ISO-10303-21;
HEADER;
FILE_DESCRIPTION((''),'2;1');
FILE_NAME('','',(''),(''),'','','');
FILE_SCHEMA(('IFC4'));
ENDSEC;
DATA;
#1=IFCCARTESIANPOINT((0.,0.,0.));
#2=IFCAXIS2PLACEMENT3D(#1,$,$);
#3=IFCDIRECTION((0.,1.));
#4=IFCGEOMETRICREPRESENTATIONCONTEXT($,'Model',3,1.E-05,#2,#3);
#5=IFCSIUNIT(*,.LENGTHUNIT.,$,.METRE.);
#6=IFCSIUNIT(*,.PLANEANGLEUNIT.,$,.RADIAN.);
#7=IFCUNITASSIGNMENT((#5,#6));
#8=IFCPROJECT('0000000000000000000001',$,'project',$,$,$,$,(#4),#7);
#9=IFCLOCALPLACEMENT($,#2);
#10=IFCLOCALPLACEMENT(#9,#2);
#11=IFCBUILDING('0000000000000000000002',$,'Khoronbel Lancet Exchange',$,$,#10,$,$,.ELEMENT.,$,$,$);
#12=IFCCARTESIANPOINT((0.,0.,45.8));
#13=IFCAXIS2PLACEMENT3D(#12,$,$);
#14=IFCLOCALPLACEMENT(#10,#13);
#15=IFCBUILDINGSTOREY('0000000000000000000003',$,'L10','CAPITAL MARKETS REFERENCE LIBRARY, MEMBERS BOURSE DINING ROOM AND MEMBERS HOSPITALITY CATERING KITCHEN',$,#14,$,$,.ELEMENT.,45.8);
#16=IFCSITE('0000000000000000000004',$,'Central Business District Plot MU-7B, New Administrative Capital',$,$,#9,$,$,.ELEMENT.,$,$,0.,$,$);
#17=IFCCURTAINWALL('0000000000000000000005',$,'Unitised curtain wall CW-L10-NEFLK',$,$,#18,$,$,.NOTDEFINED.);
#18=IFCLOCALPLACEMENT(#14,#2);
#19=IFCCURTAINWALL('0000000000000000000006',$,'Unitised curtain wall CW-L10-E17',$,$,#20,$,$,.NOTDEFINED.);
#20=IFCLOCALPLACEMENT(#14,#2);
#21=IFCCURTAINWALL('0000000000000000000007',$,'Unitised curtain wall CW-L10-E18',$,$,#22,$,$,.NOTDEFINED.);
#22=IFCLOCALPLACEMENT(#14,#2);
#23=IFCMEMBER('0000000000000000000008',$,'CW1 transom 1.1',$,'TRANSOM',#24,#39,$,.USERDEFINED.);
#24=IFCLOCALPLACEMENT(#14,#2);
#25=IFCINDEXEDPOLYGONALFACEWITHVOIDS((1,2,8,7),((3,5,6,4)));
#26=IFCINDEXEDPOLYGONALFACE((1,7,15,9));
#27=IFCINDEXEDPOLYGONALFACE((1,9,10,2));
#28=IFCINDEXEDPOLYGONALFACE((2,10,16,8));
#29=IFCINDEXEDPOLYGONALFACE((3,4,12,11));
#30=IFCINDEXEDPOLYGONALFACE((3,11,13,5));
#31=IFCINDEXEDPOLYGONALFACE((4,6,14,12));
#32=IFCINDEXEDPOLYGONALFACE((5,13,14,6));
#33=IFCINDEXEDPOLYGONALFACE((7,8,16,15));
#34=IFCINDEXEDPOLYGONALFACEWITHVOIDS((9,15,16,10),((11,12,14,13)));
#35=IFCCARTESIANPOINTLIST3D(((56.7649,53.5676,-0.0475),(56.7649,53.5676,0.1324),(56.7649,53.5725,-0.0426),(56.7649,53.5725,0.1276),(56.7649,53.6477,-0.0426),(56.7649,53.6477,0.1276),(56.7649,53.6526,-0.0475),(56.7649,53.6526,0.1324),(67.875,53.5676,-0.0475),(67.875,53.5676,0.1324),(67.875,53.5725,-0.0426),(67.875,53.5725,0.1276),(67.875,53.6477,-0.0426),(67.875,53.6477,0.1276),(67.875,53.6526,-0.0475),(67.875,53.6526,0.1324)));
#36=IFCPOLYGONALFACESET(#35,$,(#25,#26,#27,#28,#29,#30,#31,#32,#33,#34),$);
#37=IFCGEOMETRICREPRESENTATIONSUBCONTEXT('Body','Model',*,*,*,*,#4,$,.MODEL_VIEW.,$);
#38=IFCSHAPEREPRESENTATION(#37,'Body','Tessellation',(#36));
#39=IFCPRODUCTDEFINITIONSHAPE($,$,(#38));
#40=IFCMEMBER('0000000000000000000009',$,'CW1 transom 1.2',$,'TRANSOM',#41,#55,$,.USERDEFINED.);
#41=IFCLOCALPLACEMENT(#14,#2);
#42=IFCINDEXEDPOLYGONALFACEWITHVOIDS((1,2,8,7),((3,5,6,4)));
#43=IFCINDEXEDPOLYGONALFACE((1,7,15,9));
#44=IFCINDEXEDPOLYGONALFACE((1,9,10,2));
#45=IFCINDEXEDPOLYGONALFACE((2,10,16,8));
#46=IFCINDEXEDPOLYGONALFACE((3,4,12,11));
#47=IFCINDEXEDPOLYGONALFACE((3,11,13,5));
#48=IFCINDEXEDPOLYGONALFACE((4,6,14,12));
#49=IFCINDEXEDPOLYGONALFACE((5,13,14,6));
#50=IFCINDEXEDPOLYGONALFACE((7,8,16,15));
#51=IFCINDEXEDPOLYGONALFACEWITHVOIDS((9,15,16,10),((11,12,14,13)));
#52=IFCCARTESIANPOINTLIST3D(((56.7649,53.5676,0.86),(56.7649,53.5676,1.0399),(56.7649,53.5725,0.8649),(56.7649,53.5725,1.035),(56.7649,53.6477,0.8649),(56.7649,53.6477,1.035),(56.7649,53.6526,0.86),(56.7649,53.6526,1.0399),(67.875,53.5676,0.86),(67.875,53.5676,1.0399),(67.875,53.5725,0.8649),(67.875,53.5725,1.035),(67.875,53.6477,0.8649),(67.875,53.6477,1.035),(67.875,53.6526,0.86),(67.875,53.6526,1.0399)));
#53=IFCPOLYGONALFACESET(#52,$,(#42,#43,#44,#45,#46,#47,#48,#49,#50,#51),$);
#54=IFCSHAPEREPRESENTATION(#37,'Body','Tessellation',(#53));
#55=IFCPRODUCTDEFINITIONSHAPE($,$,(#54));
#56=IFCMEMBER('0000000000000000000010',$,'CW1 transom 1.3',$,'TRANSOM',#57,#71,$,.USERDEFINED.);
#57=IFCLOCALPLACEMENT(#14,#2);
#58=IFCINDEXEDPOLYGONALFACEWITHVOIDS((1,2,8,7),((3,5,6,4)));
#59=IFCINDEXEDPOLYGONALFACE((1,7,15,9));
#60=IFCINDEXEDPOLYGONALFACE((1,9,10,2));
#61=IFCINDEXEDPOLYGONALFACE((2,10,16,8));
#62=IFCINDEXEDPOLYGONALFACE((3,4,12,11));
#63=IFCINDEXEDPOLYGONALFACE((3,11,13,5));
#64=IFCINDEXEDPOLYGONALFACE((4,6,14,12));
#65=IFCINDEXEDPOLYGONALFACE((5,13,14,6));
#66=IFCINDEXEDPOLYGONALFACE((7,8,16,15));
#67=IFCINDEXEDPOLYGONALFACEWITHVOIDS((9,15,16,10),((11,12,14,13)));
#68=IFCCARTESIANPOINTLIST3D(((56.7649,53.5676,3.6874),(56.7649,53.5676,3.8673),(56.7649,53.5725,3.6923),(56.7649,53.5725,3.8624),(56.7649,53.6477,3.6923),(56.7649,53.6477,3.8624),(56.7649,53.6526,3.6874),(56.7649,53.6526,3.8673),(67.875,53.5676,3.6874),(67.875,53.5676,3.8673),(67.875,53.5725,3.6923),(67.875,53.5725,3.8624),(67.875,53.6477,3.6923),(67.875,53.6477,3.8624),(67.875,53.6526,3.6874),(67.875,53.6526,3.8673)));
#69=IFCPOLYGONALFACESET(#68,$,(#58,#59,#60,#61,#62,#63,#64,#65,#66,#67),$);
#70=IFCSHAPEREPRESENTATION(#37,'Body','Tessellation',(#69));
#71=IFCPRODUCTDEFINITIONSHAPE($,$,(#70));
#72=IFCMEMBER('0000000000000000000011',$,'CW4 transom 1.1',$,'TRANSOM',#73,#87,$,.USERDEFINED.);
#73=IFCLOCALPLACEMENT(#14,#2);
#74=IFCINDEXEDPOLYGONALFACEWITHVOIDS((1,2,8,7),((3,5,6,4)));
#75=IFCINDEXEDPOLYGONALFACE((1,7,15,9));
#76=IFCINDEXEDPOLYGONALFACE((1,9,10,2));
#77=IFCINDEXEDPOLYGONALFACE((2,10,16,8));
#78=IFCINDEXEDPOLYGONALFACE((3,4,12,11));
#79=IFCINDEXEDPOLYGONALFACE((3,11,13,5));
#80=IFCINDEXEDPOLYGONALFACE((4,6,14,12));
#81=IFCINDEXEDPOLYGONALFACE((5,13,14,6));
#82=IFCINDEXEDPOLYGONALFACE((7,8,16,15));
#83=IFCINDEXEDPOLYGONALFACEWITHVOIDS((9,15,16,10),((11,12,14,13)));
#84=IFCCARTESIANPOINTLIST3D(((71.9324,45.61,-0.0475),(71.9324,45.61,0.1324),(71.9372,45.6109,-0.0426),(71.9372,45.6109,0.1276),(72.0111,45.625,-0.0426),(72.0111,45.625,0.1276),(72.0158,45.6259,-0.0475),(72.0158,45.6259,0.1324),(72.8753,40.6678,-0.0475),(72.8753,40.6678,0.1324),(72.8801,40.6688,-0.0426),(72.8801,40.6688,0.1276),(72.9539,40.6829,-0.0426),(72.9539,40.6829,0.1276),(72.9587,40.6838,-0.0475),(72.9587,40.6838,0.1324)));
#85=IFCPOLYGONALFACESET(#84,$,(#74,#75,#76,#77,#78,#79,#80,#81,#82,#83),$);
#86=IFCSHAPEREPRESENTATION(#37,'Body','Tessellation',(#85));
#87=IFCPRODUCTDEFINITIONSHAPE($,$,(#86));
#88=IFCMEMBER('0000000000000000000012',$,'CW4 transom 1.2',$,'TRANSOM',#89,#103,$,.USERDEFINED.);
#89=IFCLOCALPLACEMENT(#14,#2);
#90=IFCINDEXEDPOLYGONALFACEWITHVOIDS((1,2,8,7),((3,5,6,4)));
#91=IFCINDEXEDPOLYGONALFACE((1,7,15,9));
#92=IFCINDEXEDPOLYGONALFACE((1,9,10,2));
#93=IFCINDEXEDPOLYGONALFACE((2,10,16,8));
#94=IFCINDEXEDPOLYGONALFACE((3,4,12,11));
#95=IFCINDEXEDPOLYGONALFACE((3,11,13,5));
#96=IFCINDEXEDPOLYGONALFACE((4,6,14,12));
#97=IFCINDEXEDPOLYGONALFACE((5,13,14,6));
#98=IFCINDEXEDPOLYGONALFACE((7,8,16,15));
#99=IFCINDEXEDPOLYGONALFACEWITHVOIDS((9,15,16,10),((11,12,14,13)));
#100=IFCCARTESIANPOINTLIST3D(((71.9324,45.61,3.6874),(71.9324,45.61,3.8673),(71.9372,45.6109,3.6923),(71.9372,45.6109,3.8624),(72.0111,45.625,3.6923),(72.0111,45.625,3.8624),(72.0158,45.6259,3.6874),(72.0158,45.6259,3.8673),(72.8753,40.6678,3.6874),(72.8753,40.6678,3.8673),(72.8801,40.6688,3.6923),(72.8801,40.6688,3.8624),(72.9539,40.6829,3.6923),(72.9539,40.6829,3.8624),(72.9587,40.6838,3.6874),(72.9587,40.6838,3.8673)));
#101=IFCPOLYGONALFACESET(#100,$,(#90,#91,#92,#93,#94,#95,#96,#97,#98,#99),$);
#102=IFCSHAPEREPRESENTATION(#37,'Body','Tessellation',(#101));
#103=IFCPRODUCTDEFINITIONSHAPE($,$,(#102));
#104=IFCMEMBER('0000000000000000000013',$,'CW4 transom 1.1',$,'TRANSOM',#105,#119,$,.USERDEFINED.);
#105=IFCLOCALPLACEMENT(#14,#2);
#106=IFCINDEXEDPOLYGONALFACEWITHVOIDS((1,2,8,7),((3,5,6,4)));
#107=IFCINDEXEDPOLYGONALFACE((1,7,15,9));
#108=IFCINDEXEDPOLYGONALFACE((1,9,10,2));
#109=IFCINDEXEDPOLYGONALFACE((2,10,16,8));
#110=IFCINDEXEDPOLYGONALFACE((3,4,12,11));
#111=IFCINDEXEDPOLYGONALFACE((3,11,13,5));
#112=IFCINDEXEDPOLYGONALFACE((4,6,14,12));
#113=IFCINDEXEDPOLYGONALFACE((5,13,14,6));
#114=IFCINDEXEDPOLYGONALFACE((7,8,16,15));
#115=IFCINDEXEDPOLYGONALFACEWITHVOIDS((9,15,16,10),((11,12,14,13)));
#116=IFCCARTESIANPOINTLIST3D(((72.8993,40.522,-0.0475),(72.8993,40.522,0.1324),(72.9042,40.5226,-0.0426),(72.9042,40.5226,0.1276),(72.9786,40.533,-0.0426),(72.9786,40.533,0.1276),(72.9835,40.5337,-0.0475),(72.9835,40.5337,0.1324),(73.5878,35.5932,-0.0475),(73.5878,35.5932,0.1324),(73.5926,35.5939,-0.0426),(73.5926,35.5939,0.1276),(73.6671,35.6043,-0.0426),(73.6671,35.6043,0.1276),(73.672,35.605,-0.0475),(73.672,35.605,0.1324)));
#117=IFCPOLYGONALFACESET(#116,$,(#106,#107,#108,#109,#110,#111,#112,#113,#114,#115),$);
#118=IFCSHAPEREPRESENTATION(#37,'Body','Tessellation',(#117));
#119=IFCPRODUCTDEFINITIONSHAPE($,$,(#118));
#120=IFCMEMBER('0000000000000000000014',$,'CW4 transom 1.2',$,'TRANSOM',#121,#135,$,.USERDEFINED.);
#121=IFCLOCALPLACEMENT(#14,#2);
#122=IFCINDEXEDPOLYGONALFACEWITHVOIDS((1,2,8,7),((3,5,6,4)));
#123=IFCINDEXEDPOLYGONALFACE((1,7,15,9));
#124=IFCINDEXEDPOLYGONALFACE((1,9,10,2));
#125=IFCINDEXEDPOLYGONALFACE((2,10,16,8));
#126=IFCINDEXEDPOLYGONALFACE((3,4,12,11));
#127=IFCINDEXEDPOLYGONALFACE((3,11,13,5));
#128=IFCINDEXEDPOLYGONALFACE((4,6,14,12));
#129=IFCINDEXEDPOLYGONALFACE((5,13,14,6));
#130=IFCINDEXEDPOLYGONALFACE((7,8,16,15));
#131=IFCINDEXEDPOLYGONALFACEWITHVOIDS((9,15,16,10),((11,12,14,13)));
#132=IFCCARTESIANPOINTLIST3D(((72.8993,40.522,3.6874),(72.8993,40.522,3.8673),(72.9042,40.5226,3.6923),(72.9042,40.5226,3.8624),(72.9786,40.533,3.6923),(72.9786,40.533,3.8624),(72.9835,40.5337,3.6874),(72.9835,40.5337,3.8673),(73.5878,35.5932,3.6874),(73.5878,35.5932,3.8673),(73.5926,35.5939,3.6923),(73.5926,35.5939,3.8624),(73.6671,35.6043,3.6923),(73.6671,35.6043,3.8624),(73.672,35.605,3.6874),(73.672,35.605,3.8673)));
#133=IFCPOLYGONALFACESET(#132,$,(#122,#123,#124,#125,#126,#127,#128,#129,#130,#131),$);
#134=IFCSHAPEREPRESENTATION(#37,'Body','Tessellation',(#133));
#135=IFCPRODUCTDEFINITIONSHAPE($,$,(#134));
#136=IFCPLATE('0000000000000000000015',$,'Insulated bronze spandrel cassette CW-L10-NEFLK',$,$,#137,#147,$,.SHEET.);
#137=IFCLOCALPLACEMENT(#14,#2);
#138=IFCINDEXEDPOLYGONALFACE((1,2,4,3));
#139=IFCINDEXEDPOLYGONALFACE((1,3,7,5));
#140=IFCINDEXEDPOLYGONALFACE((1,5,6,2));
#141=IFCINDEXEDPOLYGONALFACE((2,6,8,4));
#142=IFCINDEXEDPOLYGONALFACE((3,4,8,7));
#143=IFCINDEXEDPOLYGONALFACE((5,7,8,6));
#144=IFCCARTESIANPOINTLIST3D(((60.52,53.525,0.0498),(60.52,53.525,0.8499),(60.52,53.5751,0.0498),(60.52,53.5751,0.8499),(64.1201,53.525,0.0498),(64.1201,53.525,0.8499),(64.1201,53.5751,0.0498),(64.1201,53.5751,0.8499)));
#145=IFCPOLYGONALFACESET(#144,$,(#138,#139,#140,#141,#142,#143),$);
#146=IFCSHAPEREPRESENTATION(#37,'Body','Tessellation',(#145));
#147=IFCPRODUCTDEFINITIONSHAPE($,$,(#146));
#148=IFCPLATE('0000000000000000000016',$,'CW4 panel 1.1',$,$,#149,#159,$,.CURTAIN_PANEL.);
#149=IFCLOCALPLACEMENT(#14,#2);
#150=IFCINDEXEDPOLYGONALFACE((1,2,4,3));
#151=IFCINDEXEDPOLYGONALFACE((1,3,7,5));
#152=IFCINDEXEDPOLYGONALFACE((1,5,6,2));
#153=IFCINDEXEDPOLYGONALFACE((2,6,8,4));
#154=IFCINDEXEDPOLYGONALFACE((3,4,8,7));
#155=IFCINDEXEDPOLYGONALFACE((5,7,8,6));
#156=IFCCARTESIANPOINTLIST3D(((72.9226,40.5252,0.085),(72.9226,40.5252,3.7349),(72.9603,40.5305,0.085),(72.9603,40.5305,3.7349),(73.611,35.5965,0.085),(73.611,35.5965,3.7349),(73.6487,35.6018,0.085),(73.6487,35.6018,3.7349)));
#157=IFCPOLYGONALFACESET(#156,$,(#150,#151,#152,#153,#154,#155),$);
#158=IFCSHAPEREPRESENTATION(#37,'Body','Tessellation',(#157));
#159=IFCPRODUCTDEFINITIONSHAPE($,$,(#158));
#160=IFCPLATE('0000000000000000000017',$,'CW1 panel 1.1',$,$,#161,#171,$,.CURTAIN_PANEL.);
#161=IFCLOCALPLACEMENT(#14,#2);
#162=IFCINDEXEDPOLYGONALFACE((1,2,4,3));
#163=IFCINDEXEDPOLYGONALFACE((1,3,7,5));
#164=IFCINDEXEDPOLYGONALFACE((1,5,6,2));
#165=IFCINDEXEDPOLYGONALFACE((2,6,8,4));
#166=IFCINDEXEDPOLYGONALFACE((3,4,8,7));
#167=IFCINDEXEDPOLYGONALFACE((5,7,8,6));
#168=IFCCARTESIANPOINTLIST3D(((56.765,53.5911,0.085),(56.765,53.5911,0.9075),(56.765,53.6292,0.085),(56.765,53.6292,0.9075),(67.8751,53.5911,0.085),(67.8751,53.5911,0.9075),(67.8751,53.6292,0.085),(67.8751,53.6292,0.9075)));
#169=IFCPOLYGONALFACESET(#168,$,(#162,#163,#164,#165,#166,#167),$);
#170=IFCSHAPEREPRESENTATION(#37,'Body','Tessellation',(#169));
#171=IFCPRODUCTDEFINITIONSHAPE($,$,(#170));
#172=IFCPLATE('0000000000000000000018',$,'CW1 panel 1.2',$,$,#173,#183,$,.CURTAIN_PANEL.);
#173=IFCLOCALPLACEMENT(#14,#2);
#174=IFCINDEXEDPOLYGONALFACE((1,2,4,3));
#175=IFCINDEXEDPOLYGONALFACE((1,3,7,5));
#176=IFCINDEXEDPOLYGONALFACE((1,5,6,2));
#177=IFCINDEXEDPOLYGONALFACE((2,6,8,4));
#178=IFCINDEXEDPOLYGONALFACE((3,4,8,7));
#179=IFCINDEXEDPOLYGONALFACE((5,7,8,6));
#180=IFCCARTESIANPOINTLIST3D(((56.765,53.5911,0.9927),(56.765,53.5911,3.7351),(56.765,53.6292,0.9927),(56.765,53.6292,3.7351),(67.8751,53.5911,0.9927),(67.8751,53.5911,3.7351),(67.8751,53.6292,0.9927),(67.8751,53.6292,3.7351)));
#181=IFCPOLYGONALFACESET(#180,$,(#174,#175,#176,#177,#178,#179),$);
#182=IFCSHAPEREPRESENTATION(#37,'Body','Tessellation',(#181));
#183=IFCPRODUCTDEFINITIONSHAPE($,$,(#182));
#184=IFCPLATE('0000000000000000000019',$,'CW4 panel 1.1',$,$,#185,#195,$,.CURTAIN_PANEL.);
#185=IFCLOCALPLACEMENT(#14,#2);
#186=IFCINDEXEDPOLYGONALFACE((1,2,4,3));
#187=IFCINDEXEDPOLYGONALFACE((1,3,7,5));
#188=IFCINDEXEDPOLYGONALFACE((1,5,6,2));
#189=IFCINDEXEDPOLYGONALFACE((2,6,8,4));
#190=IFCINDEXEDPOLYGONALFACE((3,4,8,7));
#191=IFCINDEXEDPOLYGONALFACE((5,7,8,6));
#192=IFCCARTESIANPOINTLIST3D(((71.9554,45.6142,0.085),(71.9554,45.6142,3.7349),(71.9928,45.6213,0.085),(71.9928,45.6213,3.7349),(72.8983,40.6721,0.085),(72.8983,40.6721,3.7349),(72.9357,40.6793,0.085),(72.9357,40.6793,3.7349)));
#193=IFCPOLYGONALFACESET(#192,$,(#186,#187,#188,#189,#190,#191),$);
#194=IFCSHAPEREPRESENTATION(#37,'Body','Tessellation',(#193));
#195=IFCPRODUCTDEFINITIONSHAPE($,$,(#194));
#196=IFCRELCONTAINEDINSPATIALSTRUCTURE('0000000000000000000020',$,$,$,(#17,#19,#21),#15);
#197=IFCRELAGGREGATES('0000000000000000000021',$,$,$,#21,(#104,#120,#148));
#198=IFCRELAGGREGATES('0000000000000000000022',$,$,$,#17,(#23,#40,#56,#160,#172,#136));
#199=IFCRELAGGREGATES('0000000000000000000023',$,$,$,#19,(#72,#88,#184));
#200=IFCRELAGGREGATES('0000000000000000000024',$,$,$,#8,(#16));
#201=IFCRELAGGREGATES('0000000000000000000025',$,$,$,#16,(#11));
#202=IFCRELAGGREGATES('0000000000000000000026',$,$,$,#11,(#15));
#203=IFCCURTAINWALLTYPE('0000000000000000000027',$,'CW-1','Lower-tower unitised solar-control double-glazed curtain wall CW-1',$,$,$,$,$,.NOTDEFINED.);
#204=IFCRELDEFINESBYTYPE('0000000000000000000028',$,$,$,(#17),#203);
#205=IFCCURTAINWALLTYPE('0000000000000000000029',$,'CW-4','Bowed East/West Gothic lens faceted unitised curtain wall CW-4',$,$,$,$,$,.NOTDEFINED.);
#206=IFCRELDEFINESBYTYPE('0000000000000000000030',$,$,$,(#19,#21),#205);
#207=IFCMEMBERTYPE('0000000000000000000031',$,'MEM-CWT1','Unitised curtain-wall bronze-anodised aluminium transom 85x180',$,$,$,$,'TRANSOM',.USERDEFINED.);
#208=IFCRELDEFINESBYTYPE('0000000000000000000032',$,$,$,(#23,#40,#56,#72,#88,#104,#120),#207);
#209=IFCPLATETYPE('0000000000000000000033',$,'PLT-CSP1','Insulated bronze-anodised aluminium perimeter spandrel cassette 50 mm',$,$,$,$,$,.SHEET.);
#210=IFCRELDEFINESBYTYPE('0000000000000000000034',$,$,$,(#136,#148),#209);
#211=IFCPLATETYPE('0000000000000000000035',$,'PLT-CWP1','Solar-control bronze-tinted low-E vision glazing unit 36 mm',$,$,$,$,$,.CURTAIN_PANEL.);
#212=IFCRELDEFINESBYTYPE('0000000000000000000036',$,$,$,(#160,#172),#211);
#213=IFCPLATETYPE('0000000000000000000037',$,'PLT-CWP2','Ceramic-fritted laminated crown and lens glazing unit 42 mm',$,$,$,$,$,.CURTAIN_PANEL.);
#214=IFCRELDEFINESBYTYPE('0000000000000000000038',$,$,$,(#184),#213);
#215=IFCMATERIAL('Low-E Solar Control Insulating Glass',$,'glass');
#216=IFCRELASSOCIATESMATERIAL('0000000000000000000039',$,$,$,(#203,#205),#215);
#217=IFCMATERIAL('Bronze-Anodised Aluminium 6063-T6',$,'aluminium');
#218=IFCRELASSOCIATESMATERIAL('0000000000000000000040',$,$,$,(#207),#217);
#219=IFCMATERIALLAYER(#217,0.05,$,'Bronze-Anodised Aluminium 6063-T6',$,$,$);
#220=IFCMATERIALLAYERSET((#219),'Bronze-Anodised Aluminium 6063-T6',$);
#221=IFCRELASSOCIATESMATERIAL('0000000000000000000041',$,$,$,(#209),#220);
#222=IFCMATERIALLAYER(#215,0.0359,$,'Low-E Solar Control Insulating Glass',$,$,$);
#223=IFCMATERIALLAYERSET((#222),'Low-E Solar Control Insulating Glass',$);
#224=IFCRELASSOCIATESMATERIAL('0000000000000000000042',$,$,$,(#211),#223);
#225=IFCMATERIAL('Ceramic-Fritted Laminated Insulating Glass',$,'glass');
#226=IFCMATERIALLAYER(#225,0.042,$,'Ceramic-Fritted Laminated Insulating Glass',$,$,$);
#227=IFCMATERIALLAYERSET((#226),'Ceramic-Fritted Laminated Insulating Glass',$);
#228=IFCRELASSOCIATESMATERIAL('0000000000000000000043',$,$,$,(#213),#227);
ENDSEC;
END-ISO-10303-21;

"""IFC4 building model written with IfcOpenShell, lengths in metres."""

from ifc_helpers import new_model, si_unit, direction, frame, origin, origin_2d, place, context, subcontext, project, spatial, rectangle, hollow_rectangle, extrude, material, layer, layer_set, material_profile, profile_set, type_object, element, aggregate, save


model = new_model("IFC4")

# Units and contexts
model_context = context("Model", 3, precision=1e-05, world=origin(), true_north=direction((0.0, 1.0)))
body_context = subcontext(model_context, "Body", "Model", "MODEL_VIEW")
ifc_project = project(units=[si_unit("LENGTHUNIT", "METRE"), si_unit("PLANEANGLEUNIT", "RADIAN")], contexts=[model_context])

# Site, building, storey
site_placement = place(None, origin())
site = spatial("IfcSite", under=ifc_project, at=site_placement, Name="Central Business District Plot MU-7B, New Administrative Capital", CompositionType="ELEMENT", RefElevation=0.0)
building_placement = place(site_placement, origin())
building = spatial("IfcBuilding", under=site, at=building_placement, Name="Khoronbel Lancet Exchange", CompositionType="ELEMENT")
storey_placement = place(building_placement, frame((0.0, 0.0, 45.8)))
storey = spatial("IfcBuildingStorey", under=building, at=storey_placement, Name="L10", Description="CAPITAL MARKETS REFERENCE LIBRARY, MEMBERS BOURSE DINING ROOM AND MEMBERS HOSPITALITY CATERING KITCHEN", CompositionType="ELEMENT", Elevation=45.8)

# Curtain walls
ifc_material_1 = material(Name="Low-E Solar Control Insulating Glass", Category="glass")
curtain_wall_type_1 = type_object("IfcCurtainWallType", Name="CW-1", Description="Lower-tower unitised solar-control double-glazed curtain wall CW-1", PredefinedType="NOTDEFINED", material=ifc_material_1)
curtain_wall_1_placement = place(storey_placement, origin())
curtain_wall_1 = element("IfcCurtainWall", 1, at=curtain_wall_1_placement, inside=storey, type_object=curtain_wall_type_1, Name="Unitised curtain wall CW-L10-NEFLK", PredefinedType="NOTDEFINED")
ifc_material_2 = material(Name="Bronze-Anodised Aluminium 6063-T6", Category="aluminium")
curtain_wall_type_2 = type_object("IfcCurtainWallType", Name="CW-4", Description="Bowed East/West Gothic lens faceted unitised curtain wall CW-4", PredefinedType="NOTDEFINED", material=ifc_material_1)
curtain_wall_2_placement = place(storey_placement, origin())
curtain_wall_2 = element("IfcCurtainWall", 2, at=curtain_wall_2_placement, inside=storey, type_object=curtain_wall_type_2, Name="Unitised curtain wall CW-L10-E17", PredefinedType="NOTDEFINED")

# Curtain wall
curtain_wall_3_placement = place(storey_placement, origin())
curtain_wall_3 = element("IfcCurtainWall", 3, at=curtain_wall_3_placement, inside=storey, type_object=curtain_wall_type_2, Name="Unitised curtain wall CW-L10-E18", PredefinedType="NOTDEFINED")

# Members
ifc_material_profile_1 = material_profile(ifc_material_2, hollow_rectangle(XDim=0.085, YDim=0.1799, WallThickness=0.0049, at=origin_2d()), Name="ALU TRANSOM 85x180")
ifc_profile_set_1 = profile_set([ifc_material_profile_1], Name="Bronze-Anodised Aluminium 6063-T6")
member_type_1 = type_object("IfcMemberType", Name="MEM-CWT1", Description="Unitised curtain-wall bronze-anodised aluminium transom 85x180", ElementType="TRANSOM", PredefinedType="USERDEFINED", material=ifc_profile_set_1)
member_1_placement = place(storey_placement, frame((67.875, 53.6101, 0.0425), z_axis=(-1.0, 0.0, 0.0), x_axis=(0.0, -1.0, 0.0)))
member_1 = element("IfcMember", 4, at=member_1_placement, type_object=member_type_1, Name="CW1 transom 1.1", ObjectType="TRANSOM", PredefinedType="USERDEFINED", context=body_context, shape_type="SweptSolid", body=[
    extrude(hollow_rectangle(XDim=0.085, YDim=0.1799, WallThickness=0.0049, at=origin_2d()), origin(), (0.0, 0.0, 1.0), 11.1101),
])
member_2_placement = place(storey_placement, frame((67.875, 53.6101, 0.95), z_axis=(-1.0, 0.0, 0.0), x_axis=(0.0, -1.0, 0.0)))
member_2 = element("IfcMember", 5, at=member_2_placement, type_object=member_type_1, Name="CW1 transom 1.2", ObjectType="TRANSOM", PredefinedType="USERDEFINED", context=body_context, shape_type="SweptSolid", body=[
    extrude(hollow_rectangle(XDim=0.085, YDim=0.1799, WallThickness=0.0049, at=origin_2d()), origin(), (0.0, 0.0, 1.0), 11.1101),
])
member_3_placement = place(storey_placement, frame((67.875, 53.6101, 3.7773), z_axis=(-1.0, 0.0, 0.0), x_axis=(0.0, -1.0, 0.0)))
member_3 = element("IfcMember", 6, at=member_3_placement, type_object=member_type_1, Name="CW1 transom 1.3", ObjectType="TRANSOM", PredefinedType="USERDEFINED", context=body_context, shape_type="SweptSolid", body=[
    extrude(hollow_rectangle(XDim=0.085, YDim=0.1799, WallThickness=0.0049, at=origin_2d()), origin(), (0.0, 0.0, 1.0), 11.1101),
])
member_4_placement = place(storey_placement, frame((71.9741, 45.6179, 0.0425), z_axis=(0.187402, -0.982283, 0.0), x_axis=(0.982283, 0.187402, 0.0)))
member_4 = element("IfcMember", 7, at=member_4_placement, type_object=member_type_1, Name="CW4 transom 1.1", ObjectType="TRANSOM", PredefinedType="USERDEFINED", context=body_context, shape_type="SweptSolid", body=[
    extrude(hollow_rectangle(XDim=0.085, YDim=0.1799, WallThickness=0.0049, at=origin_2d()), origin(), (0.0, 0.0, 1.0), 5.0312),
])
member_5_placement = place(storey_placement, frame((71.9741, 45.6179, 3.7773), z_axis=(0.187402, -0.982283, 0.0), x_axis=(0.982283, 0.187402, 0.0)))
member_5 = element("IfcMember", 8, at=member_5_placement, type_object=member_type_1, Name="CW4 transom 1.2", ObjectType="TRANSOM", PredefinedType="USERDEFINED", context=body_context, shape_type="SweptSolid", body=[
    extrude(hollow_rectangle(XDim=0.085, YDim=0.1799, WallThickness=0.0049, at=origin_2d()), origin(), (0.0, 0.0, 1.0), 5.0312),
])
member_6_placement = place(storey_placement, frame((72.9414, 40.5278, 0.0425), z_axis=(0.138344, -0.990384, 0.0), x_axis=(0.990384, 0.138344, 0.0)))
member_6 = element("IfcMember", 9, at=member_6_placement, type_object=member_type_1, Name="CW4 transom 1.1", ObjectType="TRANSOM", PredefinedType="USERDEFINED", context=body_context, shape_type="SweptSolid", body=[
    extrude(hollow_rectangle(XDim=0.085, YDim=0.1799, WallThickness=0.0049, at=origin_2d()), origin(), (0.0, 0.0, 1.0), 4.9766),
])
member_7_placement = place(storey_placement, frame((72.9414, 40.5278, 3.7773), z_axis=(0.138344, -0.990384, 0.0), x_axis=(0.990384, 0.138344, 0.0)))
member_7 = element("IfcMember", 10, at=member_7_placement, type_object=member_type_1, Name="CW4 transom 1.2", ObjectType="TRANSOM", PredefinedType="USERDEFINED", context=body_context, shape_type="SweptSolid", body=[
    extrude(hollow_rectangle(XDim=0.085, YDim=0.1799, WallThickness=0.0049, at=origin_2d()), origin(), (0.0, 0.0, 1.0), 4.9766),
])

# Plates
ifc_layer_1 = layer(ifc_material_2, 0.05, Name="Bronze-Anodised Aluminium 6063-T6")
ifc_layer_set_1 = layer_set([ifc_layer_1], Name="Bronze-Anodised Aluminium 6063-T6")
plate_type_1 = type_object("IfcPlateType", Name="PLT-CSP1", Description="Insulated bronze-anodised aluminium perimeter spandrel cassette 50 mm", PredefinedType="SHEET", material=ifc_layer_set_1)
plate_1_placement = place(storey_placement, frame((62.3201, 53.55, 0.0498), z_axis=(0.0, 0.0, 1.0), x_axis=(-1.0, 0.0, 0.0)))
plate_1 = element("IfcPlate", 11, at=plate_1_placement, type_object=plate_type_1, Name="Insulated bronze spandrel cassette CW-L10-NEFLK", PredefinedType="SHEET", context=body_context, shape_type="SweptSolid", body=[
    extrude(rectangle(XDim=3.6001, YDim=0.05, at=origin_2d()), origin(), (0.0, 0.0, 1.0), 0.8),
])
plate_2_placement = place(storey_placement, frame((73.2856, 38.0635, 0.085), z_axis=(0.0, 0.0, 1.0), x_axis=(0.13834, -0.990385, 0.0)))
plate_2 = element("IfcPlate", 12, at=plate_2_placement, type_object=plate_type_1, Name="CW4 panel 1.1", PredefinedType="CURTAIN_PANEL", context=body_context, shape_type="SweptSolid", body=[
    extrude(rectangle(XDim=4.9766, YDim=0.0381, at=origin_2d()), origin(), (0.0, 0.0, 1.0), 3.6499),
])
aggregate(curtain_wall_3, [member_6, member_7, plate_2])
ifc_layer_2 = layer(ifc_material_1, 0.0359, Name="Low-E Solar Control Insulating Glass")
ifc_layer_set_2 = layer_set([ifc_layer_2], Name="Low-E Solar Control Insulating Glass")
plate_type_2 = type_object("IfcPlateType", Name="PLT-CWP1", Description="Solar-control bronze-tinted low-E vision glazing unit 36 mm", PredefinedType="CURTAIN_PANEL", material=ifc_layer_set_2)
plate_3_placement = place(storey_placement, frame((62.3201, 53.6101, 0.085), z_axis=(0.0, 0.0, 1.0), x_axis=(-1.0, 0.0, 0.0)))
plate_3 = element("IfcPlate", 13, at=plate_3_placement, type_object=plate_type_2, Name="CW1 panel 1.1", PredefinedType="CURTAIN_PANEL", context=body_context, shape_type="SweptSolid", body=[
    extrude(rectangle(XDim=11.1101, YDim=0.0381, at=origin_2d()), origin(), (0.0, 0.0, 1.0), 0.8225),
])
plate_4_placement = place(storey_placement, frame((62.3201, 53.6101, 0.9927), z_axis=(0.0, 0.0, 1.0), x_axis=(-1.0, 0.0, 0.0)))
plate_4 = element("IfcPlate", 14, at=plate_4_placement, type_object=plate_type_2, Name="CW1 panel 1.2", PredefinedType="CURTAIN_PANEL", context=body_context, shape_type="SweptSolid", body=[
    extrude(rectangle(XDim=11.1101, YDim=0.0381, at=origin_2d()), origin(), (0.0, 0.0, 1.0), 2.7424),
])
aggregate(curtain_wall_1, [member_1, member_2, member_3, plate_3, plate_4, plate_1])
ifc_material_3 = material(Name="Ceramic-Fritted Laminated Insulating Glass", Category="glass")
ifc_layer_3 = layer(ifc_material_3, 0.042, Name="Ceramic-Fritted Laminated Insulating Glass")
ifc_layer_set_3 = layer_set([ifc_layer_3], Name="Ceramic-Fritted Laminated Insulating Glass")
plate_type_3 = type_object("IfcPlateType", Name="PLT-CWP2", Description="Ceramic-fritted laminated crown and lens glazing unit 42 mm", PredefinedType="CURTAIN_PANEL", material=ifc_layer_set_3)
plate_5_placement = place(storey_placement, frame((72.4456, 43.1467, 0.085), z_axis=(0.0, 0.0, 1.0), x_axis=(0.187423, -0.982279, 0.0)))
plate_5 = element("IfcPlate", 15, at=plate_5_placement, type_object=plate_type_3, Name="CW4 panel 1.1", PredefinedType="CURTAIN_PANEL", context=body_context, shape_type="SweptSolid", body=[
    extrude(rectangle(XDim=5.0312, YDim=0.0381, at=origin_2d()), origin(), (0.0, 0.0, 1.0), 3.6499),
])
aggregate(curtain_wall_2, [member_4, member_5, plate_5])

save(model, "model.ifc")
